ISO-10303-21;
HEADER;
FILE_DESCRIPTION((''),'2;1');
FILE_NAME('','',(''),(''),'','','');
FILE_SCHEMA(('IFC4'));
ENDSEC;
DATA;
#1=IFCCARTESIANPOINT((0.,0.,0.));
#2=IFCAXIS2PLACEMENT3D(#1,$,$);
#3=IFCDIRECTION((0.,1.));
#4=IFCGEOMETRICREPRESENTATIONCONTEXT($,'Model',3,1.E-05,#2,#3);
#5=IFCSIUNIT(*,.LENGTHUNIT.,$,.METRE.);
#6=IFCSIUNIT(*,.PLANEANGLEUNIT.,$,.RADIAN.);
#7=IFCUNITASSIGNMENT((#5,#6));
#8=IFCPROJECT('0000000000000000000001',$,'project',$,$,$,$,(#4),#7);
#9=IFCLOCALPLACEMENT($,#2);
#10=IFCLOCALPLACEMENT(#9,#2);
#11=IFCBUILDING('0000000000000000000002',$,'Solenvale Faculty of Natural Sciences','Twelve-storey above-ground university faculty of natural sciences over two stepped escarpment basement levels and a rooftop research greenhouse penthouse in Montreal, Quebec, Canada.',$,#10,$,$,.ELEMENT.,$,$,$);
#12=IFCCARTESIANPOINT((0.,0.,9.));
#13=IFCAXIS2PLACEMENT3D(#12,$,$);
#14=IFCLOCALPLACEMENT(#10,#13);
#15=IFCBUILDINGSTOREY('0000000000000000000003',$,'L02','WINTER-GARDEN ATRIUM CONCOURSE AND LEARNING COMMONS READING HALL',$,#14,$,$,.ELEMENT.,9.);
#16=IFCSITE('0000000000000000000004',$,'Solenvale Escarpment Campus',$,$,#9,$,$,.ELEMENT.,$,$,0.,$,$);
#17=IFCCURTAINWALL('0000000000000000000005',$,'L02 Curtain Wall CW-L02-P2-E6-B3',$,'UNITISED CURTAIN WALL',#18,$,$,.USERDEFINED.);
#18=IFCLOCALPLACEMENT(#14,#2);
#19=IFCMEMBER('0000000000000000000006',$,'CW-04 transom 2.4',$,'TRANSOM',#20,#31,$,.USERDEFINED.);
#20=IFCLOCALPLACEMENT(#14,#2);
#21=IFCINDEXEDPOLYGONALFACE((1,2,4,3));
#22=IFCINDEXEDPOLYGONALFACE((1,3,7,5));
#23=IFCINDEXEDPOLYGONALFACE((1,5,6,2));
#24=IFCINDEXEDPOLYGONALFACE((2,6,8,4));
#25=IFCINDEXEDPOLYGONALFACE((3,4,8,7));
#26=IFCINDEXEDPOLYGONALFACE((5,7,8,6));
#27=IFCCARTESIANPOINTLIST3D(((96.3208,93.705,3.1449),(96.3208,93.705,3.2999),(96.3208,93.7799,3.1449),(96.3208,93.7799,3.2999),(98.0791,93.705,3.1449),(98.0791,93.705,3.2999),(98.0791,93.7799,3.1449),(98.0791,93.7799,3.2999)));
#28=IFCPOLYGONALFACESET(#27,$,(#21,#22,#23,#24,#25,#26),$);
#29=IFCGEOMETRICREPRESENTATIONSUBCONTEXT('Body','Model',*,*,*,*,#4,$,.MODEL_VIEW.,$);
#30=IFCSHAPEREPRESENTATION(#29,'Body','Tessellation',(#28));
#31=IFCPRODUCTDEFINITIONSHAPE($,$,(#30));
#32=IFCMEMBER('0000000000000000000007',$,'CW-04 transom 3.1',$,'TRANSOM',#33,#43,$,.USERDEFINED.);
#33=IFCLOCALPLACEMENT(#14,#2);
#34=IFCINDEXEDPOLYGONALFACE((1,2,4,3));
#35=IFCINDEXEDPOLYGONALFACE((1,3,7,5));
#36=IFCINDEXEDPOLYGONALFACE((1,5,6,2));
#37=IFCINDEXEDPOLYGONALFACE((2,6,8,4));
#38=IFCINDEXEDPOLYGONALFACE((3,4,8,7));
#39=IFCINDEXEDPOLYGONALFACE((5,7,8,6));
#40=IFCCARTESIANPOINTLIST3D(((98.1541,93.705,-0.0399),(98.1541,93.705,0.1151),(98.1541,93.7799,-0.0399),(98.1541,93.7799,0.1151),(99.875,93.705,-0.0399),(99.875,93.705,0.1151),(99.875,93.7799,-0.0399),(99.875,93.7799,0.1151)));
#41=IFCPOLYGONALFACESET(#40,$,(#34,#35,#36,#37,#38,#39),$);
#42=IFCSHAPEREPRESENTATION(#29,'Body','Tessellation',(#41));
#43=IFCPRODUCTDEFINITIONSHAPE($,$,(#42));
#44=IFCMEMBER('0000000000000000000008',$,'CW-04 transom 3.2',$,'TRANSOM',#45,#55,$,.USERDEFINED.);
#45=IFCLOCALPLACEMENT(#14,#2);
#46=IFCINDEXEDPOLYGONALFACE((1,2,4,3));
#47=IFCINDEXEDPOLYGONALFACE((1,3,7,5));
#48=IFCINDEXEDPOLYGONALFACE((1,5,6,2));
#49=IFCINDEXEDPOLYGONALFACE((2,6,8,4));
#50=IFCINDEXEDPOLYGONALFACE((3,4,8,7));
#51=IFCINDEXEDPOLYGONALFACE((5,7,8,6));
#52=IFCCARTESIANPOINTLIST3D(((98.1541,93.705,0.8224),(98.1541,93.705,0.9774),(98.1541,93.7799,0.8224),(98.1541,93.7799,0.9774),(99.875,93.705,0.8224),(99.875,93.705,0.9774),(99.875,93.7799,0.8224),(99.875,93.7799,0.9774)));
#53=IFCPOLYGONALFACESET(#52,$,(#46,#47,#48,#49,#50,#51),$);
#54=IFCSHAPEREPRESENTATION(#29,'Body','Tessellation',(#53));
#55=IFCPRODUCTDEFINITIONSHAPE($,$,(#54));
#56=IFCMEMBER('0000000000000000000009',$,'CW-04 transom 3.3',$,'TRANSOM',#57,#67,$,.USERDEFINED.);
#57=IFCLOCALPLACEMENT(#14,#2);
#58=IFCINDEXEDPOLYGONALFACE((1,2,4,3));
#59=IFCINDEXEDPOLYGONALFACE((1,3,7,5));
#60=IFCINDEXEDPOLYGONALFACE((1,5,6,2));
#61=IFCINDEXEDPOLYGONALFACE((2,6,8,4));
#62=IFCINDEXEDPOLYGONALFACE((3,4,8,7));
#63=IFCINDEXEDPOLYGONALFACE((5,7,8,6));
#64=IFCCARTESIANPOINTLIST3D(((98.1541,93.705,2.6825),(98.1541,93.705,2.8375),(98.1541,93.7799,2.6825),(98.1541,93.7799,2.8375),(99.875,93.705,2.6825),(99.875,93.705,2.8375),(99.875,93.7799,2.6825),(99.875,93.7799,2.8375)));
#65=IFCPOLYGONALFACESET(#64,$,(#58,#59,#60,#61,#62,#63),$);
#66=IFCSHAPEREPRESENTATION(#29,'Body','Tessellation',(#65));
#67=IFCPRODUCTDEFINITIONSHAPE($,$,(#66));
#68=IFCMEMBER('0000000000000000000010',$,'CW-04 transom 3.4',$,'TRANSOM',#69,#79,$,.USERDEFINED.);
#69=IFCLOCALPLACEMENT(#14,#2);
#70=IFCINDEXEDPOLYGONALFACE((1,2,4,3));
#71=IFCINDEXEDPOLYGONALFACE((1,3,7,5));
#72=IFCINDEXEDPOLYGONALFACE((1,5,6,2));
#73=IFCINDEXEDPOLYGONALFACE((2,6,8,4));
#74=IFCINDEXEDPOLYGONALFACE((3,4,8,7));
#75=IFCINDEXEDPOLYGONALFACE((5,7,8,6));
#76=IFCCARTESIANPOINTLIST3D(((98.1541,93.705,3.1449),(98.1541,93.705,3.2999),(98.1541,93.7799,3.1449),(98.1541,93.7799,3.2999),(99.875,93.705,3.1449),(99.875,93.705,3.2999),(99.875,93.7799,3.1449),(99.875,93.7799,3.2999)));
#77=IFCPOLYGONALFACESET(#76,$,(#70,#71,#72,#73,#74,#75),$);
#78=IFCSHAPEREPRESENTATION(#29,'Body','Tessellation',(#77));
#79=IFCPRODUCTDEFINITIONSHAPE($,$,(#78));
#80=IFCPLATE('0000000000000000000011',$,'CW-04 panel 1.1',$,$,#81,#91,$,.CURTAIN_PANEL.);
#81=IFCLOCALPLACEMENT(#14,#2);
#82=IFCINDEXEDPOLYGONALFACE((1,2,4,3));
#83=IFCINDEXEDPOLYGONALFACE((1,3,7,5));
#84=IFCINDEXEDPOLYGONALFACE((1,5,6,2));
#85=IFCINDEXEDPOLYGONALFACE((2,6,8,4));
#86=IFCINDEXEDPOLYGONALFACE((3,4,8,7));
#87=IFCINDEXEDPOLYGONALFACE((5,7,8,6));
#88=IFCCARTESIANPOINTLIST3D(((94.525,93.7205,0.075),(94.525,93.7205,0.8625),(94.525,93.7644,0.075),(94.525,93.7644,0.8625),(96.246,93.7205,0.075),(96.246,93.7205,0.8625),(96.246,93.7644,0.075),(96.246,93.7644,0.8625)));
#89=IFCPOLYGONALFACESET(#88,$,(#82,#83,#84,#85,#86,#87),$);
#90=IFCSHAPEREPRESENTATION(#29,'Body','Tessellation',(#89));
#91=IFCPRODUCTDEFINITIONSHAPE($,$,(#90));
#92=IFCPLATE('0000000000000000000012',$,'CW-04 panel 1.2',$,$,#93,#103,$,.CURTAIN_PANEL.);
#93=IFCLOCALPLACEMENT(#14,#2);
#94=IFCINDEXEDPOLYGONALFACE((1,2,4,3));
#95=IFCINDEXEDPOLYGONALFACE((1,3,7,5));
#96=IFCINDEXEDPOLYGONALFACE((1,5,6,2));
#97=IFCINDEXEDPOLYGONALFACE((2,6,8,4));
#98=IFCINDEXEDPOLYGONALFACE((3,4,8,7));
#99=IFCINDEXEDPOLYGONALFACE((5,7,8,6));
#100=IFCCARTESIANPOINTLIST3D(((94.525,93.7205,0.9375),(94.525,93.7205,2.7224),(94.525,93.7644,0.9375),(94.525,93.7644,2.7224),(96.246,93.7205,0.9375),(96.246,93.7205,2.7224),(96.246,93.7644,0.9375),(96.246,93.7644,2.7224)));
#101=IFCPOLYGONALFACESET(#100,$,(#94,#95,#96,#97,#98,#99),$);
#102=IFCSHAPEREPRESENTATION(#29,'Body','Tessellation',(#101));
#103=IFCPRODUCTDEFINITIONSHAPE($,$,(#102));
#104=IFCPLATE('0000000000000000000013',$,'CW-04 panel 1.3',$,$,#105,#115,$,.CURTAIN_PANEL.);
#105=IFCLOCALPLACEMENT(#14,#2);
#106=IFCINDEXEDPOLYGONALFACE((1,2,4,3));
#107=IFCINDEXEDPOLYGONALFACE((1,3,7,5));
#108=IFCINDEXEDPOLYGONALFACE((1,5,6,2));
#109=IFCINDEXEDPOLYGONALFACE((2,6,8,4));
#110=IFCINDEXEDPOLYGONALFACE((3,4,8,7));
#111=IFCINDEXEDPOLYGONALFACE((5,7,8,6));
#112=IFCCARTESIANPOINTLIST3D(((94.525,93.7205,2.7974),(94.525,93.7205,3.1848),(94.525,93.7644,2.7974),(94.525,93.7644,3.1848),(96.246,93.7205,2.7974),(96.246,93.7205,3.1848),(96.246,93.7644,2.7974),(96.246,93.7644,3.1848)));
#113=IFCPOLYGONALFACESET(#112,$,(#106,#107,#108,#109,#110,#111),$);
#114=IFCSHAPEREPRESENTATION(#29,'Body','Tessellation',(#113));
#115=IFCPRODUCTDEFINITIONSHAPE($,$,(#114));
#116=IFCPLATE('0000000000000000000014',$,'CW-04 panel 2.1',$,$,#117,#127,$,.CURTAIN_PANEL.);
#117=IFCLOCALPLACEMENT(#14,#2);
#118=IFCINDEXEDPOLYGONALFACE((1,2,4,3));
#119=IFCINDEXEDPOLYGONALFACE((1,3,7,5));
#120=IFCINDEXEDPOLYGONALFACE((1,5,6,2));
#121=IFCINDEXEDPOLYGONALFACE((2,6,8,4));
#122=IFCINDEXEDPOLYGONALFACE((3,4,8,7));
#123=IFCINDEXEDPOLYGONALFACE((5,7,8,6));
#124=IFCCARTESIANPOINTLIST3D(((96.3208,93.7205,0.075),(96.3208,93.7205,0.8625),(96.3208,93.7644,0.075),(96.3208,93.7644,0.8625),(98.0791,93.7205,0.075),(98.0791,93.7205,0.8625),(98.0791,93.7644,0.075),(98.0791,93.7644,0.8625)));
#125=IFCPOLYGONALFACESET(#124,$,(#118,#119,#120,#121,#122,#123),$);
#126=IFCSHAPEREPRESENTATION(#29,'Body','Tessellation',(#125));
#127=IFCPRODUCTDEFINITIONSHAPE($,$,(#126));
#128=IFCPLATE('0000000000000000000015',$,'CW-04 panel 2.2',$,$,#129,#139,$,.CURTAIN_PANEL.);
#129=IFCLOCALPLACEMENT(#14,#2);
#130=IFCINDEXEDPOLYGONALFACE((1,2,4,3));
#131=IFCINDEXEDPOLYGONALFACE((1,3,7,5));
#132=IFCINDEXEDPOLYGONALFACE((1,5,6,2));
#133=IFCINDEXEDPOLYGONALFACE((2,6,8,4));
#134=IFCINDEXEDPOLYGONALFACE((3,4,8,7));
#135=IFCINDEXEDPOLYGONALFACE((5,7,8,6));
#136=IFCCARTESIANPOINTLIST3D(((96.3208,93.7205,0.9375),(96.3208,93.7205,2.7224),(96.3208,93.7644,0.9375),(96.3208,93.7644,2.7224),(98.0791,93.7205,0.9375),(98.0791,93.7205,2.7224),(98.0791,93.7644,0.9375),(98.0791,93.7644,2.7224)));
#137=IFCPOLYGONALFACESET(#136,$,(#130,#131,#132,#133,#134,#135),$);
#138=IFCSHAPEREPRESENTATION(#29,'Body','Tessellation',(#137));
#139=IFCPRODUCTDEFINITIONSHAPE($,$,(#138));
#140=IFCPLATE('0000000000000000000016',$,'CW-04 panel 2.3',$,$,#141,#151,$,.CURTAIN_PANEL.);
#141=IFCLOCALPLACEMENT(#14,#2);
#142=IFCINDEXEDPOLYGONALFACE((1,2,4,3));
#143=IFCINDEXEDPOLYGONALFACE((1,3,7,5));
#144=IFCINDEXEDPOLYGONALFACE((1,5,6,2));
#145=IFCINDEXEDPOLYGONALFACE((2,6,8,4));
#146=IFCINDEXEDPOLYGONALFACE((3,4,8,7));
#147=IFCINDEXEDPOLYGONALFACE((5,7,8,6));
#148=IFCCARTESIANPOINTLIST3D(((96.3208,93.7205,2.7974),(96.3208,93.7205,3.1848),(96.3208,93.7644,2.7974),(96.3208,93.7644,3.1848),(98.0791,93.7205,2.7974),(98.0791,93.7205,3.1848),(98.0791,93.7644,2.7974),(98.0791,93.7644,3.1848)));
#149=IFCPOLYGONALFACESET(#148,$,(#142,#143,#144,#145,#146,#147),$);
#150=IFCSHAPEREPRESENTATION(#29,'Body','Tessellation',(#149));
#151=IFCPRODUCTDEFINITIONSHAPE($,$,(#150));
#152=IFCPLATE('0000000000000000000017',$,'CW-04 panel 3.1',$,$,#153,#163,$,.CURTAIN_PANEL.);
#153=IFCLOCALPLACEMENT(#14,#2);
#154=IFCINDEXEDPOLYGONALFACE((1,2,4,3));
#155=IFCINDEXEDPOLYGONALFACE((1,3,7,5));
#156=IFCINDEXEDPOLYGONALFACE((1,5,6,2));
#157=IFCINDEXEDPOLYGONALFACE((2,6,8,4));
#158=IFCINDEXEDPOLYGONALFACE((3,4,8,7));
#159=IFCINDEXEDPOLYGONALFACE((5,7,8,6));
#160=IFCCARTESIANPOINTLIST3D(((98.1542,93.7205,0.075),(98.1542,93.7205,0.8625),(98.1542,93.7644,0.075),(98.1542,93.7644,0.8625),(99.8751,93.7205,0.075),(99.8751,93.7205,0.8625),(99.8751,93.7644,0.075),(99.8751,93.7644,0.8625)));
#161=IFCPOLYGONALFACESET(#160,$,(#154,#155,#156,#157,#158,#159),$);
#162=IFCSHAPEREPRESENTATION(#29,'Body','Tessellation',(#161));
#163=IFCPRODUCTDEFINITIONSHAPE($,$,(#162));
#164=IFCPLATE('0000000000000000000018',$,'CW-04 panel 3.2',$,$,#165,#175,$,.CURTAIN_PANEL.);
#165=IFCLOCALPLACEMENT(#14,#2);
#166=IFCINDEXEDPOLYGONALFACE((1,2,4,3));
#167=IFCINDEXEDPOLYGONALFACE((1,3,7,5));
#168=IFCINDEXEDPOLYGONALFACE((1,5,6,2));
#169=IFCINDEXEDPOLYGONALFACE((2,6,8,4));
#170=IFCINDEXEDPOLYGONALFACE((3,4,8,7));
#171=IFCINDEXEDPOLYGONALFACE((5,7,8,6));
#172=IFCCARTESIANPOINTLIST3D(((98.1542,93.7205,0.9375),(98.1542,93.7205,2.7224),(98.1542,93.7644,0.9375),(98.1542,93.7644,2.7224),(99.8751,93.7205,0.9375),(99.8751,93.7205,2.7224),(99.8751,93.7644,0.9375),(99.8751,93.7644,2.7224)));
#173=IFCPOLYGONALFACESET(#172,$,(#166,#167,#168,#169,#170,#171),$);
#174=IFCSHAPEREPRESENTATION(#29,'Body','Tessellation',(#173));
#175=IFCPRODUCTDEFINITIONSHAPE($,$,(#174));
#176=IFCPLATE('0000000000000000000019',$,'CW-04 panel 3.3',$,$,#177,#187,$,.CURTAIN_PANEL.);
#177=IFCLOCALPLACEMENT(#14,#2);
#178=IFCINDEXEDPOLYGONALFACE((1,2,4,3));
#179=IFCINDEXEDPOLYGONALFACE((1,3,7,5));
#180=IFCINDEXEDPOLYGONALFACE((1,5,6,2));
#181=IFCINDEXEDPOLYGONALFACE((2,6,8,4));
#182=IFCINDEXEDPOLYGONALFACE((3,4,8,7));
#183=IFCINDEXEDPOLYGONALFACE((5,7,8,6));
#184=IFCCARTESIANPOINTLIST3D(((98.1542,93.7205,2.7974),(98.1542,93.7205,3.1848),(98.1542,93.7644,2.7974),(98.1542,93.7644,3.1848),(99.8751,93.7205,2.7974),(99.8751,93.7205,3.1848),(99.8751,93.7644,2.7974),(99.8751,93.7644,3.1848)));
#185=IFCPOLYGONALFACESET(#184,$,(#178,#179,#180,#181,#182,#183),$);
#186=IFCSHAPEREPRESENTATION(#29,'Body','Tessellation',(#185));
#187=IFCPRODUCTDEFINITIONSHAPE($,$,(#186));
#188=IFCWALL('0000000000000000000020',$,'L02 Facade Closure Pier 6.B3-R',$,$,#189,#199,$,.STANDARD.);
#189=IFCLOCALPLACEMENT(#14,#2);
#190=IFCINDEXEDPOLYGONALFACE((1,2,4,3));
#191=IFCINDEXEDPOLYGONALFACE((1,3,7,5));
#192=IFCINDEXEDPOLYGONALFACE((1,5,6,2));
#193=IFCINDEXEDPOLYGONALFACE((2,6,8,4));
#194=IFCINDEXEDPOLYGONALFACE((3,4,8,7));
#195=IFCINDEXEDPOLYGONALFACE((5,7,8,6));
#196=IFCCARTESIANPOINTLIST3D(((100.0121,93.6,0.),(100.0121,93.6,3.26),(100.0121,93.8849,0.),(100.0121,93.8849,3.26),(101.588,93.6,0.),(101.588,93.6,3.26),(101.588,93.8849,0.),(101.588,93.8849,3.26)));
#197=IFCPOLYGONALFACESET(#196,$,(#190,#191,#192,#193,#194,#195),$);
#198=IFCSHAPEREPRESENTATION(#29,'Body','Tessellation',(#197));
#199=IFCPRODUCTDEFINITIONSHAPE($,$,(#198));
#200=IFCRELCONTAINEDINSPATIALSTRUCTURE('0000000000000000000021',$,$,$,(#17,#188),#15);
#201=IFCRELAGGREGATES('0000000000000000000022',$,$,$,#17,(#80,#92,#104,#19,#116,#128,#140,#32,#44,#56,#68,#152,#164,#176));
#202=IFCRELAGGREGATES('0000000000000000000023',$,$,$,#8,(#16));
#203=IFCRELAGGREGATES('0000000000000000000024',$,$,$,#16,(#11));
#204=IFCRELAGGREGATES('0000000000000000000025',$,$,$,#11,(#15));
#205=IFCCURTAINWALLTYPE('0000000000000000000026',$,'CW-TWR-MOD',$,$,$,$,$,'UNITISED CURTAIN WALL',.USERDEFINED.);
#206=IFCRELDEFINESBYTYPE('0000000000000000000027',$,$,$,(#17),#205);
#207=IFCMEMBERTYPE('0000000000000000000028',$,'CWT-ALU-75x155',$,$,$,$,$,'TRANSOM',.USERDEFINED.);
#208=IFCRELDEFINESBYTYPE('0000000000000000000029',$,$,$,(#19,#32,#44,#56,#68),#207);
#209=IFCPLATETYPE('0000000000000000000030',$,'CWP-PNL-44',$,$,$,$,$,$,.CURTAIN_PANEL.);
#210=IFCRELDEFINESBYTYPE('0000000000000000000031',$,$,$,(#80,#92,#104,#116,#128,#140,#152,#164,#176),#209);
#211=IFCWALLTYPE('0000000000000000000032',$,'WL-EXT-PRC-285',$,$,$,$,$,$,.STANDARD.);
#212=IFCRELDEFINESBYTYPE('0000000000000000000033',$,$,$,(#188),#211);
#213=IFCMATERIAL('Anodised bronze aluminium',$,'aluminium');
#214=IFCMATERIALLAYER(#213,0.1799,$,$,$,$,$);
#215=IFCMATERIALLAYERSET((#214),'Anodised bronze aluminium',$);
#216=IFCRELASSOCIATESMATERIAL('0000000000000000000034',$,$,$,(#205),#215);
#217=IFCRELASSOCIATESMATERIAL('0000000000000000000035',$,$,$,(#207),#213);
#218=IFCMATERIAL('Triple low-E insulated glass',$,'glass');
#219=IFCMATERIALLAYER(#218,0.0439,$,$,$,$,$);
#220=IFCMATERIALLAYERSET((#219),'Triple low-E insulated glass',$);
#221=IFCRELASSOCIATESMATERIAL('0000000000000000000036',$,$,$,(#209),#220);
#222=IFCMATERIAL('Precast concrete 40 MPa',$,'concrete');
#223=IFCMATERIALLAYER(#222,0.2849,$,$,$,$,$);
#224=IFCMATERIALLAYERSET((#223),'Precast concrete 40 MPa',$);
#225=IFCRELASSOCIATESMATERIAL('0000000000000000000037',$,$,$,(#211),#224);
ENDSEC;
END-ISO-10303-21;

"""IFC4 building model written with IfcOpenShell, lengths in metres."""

from ifc_helpers import new_model, si_unit, direction, frame, frame_2d, origin, origin_2d, place, context, subcontext, project, spatial, rectangle, extrude, material, layer, layer_set, material_profile, profile_set, type_object, element, aggregate, save


model = new_model("IFC4")

# Units and contexts
model_context = context("Model", 3, precision=1e-05, world=origin(), true_north=direction((0.0, 1.0)))
body_context = subcontext(model_context, "Body", "Model", "MODEL_VIEW")
ifc_project = project(units=[si_unit("LENGTHUNIT", "METRE"), si_unit("PLANEANGLEUNIT", "RADIAN")], contexts=[model_context])

# Site, building, storey
site_placement = place(None, origin())
site = spatial("IfcSite", under=ifc_project, at=site_placement, Name="Solenvale Escarpment Campus", CompositionType="ELEMENT", RefElevation=0.0)
building_placement = place(site_placement, origin())
building = spatial("IfcBuilding", under=site, at=building_placement, Name="Solenvale Faculty of Natural Sciences", Description="Twelve-storey above-ground university faculty of natural sciences over two stepped escarpment basement levels and a rooftop research greenhouse penthouse in Montreal, Quebec, Canada.", CompositionType="ELEMENT")
storey_placement = place(building_placement, frame((0.0, 0.0, 9.0)))
storey = spatial("IfcBuildingStorey", under=building, at=storey_placement, Name="L02", Description="WINTER-GARDEN ATRIUM CONCOURSE AND LEARNING COMMONS READING HALL", CompositionType="ELEMENT", Elevation=9.0)

# Curtain wall, members, plates
ifc_material_1 = material(Name="Anodised bronze aluminium", Category="aluminium")
ifc_layer_1 = layer(ifc_material_1, 0.1799)
ifc_layer_set_1 = layer_set([ifc_layer_1], Name="Anodised bronze aluminium")
curtain_wall_type = type_object("IfcCurtainWallType", Name="CW-TWR-MOD", ElementType="UNITISED CURTAIN WALL", PredefinedType="USERDEFINED", material=ifc_layer_set_1)
curtain_wall_placement = place(storey_placement, origin())
curtain_wall = element("IfcCurtainWall", 1, at=curtain_wall_placement, inside=storey, type_object=curtain_wall_type, Name="L02 Curtain Wall CW-L02-P2-E6-B3", ObjectType="UNITISED CURTAIN WALL", PredefinedType="USERDEFINED")
ifc_material_profile_1 = material_profile(ifc_material_1, rectangle(XDim=0.075, YDim=0.155, at=origin_2d()), Name="ALU-TRN-75x155")
ifc_profile_set_1 = profile_set([ifc_material_profile_1], Name="Anodised bronze aluminium")
member_type_1 = type_object("IfcMemberType", Name="CWT-ALU-75x155", ElementType="TRANSOM", PredefinedType="USERDEFINED", material=ifc_profile_set_1)
member_1_placement = place(storey_placement, frame((96.3208, 93.7424, 3.2224), z_axis=(1.0, 0.0, 0.0), x_axis=(0.0, 1.0, 0.0)))
member_1 = element("IfcMember", 2, at=member_1_placement, type_object=member_type_1, Name="CW-04 transom 2.4", ObjectType="TRANSOM", PredefinedType="USERDEFINED", context=body_context, shape_type="SweptSolid", body=[
    extrude(rectangle(XDim=0.075, YDim=0.155, at=origin_2d()), origin(), (0.0, 0.0, 1.0), 1.7583),
])
member_2_placement = place(storey_placement, frame((98.1541, 93.7424, 0.0376), z_axis=(1.0, 0.0, 0.0), x_axis=(0.0, 1.0, 0.0)))
member_2 = element("IfcMember", 3, at=member_2_placement, type_object=member_type_1, Name="CW-04 transom 3.1", ObjectType="TRANSOM", PredefinedType="USERDEFINED", context=body_context, shape_type="SweptSolid", body=[
    extrude(rectangle(XDim=0.075, YDim=0.155, at=origin_2d()), origin(), (0.0, 0.0, 1.0), 1.7209),
])
member_3_placement = place(storey_placement, frame((98.1541, 93.7424, 0.8999), z_axis=(1.0, 0.0, 0.0), x_axis=(0.0, 1.0, 0.0)))
member_3 = element("IfcMember", 4, at=member_3_placement, type_object=member_type_1, Name="CW-04 transom 3.2", ObjectType="TRANSOM", PredefinedType="USERDEFINED", context=body_context, shape_type="SweptSolid", body=[
    extrude(rectangle(XDim=0.075, YDim=0.155, at=origin_2d()), origin(), (0.0, 0.0, 1.0), 1.7209),
])
member_4_placement = place(storey_placement, frame((98.1541, 93.7424, 2.76), z_axis=(1.0, 0.0, 0.0), x_axis=(0.0, 1.0, 0.0)))
member_4 = element("IfcMember", 5, at=member_4_placement, type_object=member_type_1, Name="CW-04 transom 3.3", ObjectType="TRANSOM", PredefinedType="USERDEFINED", context=body_context, shape_type="SweptSolid", body=[
    extrude(rectangle(XDim=0.075, YDim=0.155, at=origin_2d()), origin(), (0.0, 0.0, 1.0), 1.7209),
])
member_5_placement = place(storey_placement, frame((98.1541, 93.7424, 3.2224), z_axis=(1.0, 0.0, 0.0), x_axis=(0.0, 1.0, 0.0)))
member_5 = element("IfcMember", 6, at=member_5_placement, type_object=member_type_1, Name="CW-04 transom 3.4", ObjectType="TRANSOM", PredefinedType="USERDEFINED", context=body_context, shape_type="SweptSolid", body=[
    extrude(rectangle(XDim=0.075, YDim=0.155, at=origin_2d()), origin(), (0.0, 0.0, 1.0), 1.7209),
])
ifc_material_2 = material(Name="Triple low-E insulated glass", Category="glass")
ifc_layer_2 = layer(ifc_material_2, 0.0439)
ifc_layer_set_2 = layer_set([ifc_layer_2], Name="Triple low-E insulated glass")
plate_type = type_object("IfcPlateType", Name="CWP-PNL-44", PredefinedType="CURTAIN_PANEL", material=ifc_layer_set_2)
plate_1_placement = place(storey_placement, frame((95.3855, 93.7424, 0.075), z_axis=(0.0, 0.0, 1.0), x_axis=(1.0, 0.0, 0.0)))
plate_1 = element("IfcPlate", 7, at=plate_1_placement, type_object=plate_type, Name="CW-04 panel 1.1", PredefinedType="CURTAIN_PANEL", context=body_context, shape_type="SweptSolid", body=[
    extrude(rectangle(XDim=1.7209, YDim=0.0439, at=origin_2d()), origin(), (0.0, 0.0, 1.0), 0.7876),
])
plate_2_placement = place(storey_placement, frame((95.3855, 93.7424, 0.9375), z_axis=(0.0, 0.0, 1.0), x_axis=(1.0, 0.0, 0.0)))
plate_2 = element("IfcPlate", 8, at=plate_2_placement, type_object=plate_type, Name="CW-04 panel 1.2", PredefinedType="CURTAIN_PANEL", context=body_context, shape_type="SweptSolid", body=[
    extrude(rectangle(XDim=1.7209, YDim=0.0439, at=origin_2d()), origin(), (0.0, 0.0, 1.0), 1.7849),
])
plate_3_placement = place(storey_placement, frame((95.3855, 93.7424, 2.7974), z_axis=(0.0, 0.0, 1.0), x_axis=(1.0, 0.0, 0.0)))
plate_3 = element("IfcPlate", 9, at=plate_3_placement, type_object=plate_type, Name="CW-04 panel 1.3", PredefinedType="CURTAIN_PANEL", context=body_context, shape_type="SweptSolid", body=[
    extrude(rectangle(XDim=1.7209, YDim=0.0439, at=origin_2d()), origin(), (0.0, 0.0, 1.0), 0.3875),
])
plate_4_placement = place(storey_placement, frame((97.2, 93.7424, 0.075), z_axis=(0.0, 0.0, 1.0), x_axis=(1.0, 0.0, 0.0)))
plate_4 = element("IfcPlate", 10, at=plate_4_placement, type_object=plate_type, Name="CW-04 panel 2.1", PredefinedType="CURTAIN_PANEL", context=body_context, shape_type="SweptSolid", body=[
    extrude(rectangle(XDim=1.7583, YDim=0.0439, at=origin_2d()), origin(), (0.0, 0.0, 1.0), 0.7876),
])
plate_5_placement = place(storey_placement, frame((97.2, 93.7424, 0.9375), z_axis=(0.0, 0.0, 1.0), x_axis=(1.0, 0.0, 0.0)))
plate_5 = element("IfcPlate", 11, at=plate_5_placement, type_object=plate_type, Name="CW-04 panel 2.2", PredefinedType="CURTAIN_PANEL", context=body_context, shape_type="SweptSolid", body=[
    extrude(rectangle(XDim=1.7583, YDim=0.0439, at=origin_2d()), origin(), (0.0, 0.0, 1.0), 1.7849),
])
plate_6_placement = place(storey_placement, frame((97.2, 93.7424, 2.7974), z_axis=(0.0, 0.0, 1.0), x_axis=(1.0, 0.0, 0.0)))
plate_6 = element("IfcPlate", 12, at=plate_6_placement, type_object=plate_type, Name="CW-04 panel 2.3", PredefinedType="CURTAIN_PANEL", context=body_context, shape_type="SweptSolid", body=[
    extrude(rectangle(XDim=1.7583, YDim=0.0439, at=origin_2d()), origin(), (0.0, 0.0, 1.0), 0.3875),
])
plate_7_placement = place(storey_placement, frame((99.0146, 93.7424, 0.075), z_axis=(0.0, 0.0, 1.0), x_axis=(1.0, 0.0, 0.0)))
plate_7 = element("IfcPlate", 13, at=plate_7_placement, type_object=plate_type, Name="CW-04 panel 3.1", PredefinedType="CURTAIN_PANEL", context=body_context, shape_type="SweptSolid", body=[
    extrude(rectangle(XDim=1.7209, YDim=0.0439, at=origin_2d()), origin(), (0.0, 0.0, 1.0), 0.7876),
])
plate_8_placement = place(storey_placement, frame((99.0146, 93.7424, 0.9375), z_axis=(0.0, 0.0, 1.0), x_axis=(1.0, 0.0, 0.0)))
plate_8 = element("IfcPlate", 14, at=plate_8_placement, type_object=plate_type, Name="CW-04 panel 3.2", PredefinedType="CURTAIN_PANEL", context=body_context, shape_type="SweptSolid", body=[
    extrude(rectangle(XDim=1.7209, YDim=0.0439, at=origin_2d()), origin(), (0.0, 0.0, 1.0), 1.7849),
])
plate_9_placement = place(storey_placement, frame((99.0146, 93.7424, 2.7974), z_axis=(0.0, 0.0, 1.0), x_axis=(1.0, 0.0, 0.0)))
plate_9 = element("IfcPlate", 15, at=plate_9_placement, type_object=plate_type, Name="CW-04 panel 3.3", PredefinedType="CURTAIN_PANEL", context=body_context, shape_type="SweptSolid", body=[
    extrude(rectangle(XDim=1.7209, YDim=0.0439, at=origin_2d()), origin(), (0.0, 0.0, 1.0), 0.3875),
])
aggregate(curtain_wall, [plate_1, plate_2, plate_3, member_1, plate_4, plate_5, plate_6, member_2, member_3, member_4, member_5, plate_7, plate_8, plate_9])

# Wall
ifc_material_3 = material(Name="Precast concrete 40 MPa", Category="concrete")
ifc_layer_3 = layer(ifc_material_3, 0.2849)
ifc_layer_set_3 = layer_set([ifc_layer_3], Name="Precast concrete 40 MPa")
wall_type_1 = type_object("IfcWallType", Name="WL-EXT-PRC-285", PredefinedType="STANDARD", material=ifc_layer_set_3)
wall_1_placement = place(storey_placement, frame((100.012, 93.7424, 0.0), z_axis=(0.0, 0.0, 1.0), x_axis=(1.0, 0.0, 0.0)))
element("IfcWall", 16, at=wall_1_placement, inside=storey, type_object=wall_type_1, Name="L02 Facade Closure Pier 6.B3-R", PredefinedType="STANDARD", context=body_context, shape_type="SweptSolid", body=[
    extrude(rectangle(XDim=1.5759, YDim=0.2849, at=frame_2d((0.7881, 0.0))), origin(), (0.0, 0.0, 1.0), 3.26),
])

save(model, "model.ifc")
